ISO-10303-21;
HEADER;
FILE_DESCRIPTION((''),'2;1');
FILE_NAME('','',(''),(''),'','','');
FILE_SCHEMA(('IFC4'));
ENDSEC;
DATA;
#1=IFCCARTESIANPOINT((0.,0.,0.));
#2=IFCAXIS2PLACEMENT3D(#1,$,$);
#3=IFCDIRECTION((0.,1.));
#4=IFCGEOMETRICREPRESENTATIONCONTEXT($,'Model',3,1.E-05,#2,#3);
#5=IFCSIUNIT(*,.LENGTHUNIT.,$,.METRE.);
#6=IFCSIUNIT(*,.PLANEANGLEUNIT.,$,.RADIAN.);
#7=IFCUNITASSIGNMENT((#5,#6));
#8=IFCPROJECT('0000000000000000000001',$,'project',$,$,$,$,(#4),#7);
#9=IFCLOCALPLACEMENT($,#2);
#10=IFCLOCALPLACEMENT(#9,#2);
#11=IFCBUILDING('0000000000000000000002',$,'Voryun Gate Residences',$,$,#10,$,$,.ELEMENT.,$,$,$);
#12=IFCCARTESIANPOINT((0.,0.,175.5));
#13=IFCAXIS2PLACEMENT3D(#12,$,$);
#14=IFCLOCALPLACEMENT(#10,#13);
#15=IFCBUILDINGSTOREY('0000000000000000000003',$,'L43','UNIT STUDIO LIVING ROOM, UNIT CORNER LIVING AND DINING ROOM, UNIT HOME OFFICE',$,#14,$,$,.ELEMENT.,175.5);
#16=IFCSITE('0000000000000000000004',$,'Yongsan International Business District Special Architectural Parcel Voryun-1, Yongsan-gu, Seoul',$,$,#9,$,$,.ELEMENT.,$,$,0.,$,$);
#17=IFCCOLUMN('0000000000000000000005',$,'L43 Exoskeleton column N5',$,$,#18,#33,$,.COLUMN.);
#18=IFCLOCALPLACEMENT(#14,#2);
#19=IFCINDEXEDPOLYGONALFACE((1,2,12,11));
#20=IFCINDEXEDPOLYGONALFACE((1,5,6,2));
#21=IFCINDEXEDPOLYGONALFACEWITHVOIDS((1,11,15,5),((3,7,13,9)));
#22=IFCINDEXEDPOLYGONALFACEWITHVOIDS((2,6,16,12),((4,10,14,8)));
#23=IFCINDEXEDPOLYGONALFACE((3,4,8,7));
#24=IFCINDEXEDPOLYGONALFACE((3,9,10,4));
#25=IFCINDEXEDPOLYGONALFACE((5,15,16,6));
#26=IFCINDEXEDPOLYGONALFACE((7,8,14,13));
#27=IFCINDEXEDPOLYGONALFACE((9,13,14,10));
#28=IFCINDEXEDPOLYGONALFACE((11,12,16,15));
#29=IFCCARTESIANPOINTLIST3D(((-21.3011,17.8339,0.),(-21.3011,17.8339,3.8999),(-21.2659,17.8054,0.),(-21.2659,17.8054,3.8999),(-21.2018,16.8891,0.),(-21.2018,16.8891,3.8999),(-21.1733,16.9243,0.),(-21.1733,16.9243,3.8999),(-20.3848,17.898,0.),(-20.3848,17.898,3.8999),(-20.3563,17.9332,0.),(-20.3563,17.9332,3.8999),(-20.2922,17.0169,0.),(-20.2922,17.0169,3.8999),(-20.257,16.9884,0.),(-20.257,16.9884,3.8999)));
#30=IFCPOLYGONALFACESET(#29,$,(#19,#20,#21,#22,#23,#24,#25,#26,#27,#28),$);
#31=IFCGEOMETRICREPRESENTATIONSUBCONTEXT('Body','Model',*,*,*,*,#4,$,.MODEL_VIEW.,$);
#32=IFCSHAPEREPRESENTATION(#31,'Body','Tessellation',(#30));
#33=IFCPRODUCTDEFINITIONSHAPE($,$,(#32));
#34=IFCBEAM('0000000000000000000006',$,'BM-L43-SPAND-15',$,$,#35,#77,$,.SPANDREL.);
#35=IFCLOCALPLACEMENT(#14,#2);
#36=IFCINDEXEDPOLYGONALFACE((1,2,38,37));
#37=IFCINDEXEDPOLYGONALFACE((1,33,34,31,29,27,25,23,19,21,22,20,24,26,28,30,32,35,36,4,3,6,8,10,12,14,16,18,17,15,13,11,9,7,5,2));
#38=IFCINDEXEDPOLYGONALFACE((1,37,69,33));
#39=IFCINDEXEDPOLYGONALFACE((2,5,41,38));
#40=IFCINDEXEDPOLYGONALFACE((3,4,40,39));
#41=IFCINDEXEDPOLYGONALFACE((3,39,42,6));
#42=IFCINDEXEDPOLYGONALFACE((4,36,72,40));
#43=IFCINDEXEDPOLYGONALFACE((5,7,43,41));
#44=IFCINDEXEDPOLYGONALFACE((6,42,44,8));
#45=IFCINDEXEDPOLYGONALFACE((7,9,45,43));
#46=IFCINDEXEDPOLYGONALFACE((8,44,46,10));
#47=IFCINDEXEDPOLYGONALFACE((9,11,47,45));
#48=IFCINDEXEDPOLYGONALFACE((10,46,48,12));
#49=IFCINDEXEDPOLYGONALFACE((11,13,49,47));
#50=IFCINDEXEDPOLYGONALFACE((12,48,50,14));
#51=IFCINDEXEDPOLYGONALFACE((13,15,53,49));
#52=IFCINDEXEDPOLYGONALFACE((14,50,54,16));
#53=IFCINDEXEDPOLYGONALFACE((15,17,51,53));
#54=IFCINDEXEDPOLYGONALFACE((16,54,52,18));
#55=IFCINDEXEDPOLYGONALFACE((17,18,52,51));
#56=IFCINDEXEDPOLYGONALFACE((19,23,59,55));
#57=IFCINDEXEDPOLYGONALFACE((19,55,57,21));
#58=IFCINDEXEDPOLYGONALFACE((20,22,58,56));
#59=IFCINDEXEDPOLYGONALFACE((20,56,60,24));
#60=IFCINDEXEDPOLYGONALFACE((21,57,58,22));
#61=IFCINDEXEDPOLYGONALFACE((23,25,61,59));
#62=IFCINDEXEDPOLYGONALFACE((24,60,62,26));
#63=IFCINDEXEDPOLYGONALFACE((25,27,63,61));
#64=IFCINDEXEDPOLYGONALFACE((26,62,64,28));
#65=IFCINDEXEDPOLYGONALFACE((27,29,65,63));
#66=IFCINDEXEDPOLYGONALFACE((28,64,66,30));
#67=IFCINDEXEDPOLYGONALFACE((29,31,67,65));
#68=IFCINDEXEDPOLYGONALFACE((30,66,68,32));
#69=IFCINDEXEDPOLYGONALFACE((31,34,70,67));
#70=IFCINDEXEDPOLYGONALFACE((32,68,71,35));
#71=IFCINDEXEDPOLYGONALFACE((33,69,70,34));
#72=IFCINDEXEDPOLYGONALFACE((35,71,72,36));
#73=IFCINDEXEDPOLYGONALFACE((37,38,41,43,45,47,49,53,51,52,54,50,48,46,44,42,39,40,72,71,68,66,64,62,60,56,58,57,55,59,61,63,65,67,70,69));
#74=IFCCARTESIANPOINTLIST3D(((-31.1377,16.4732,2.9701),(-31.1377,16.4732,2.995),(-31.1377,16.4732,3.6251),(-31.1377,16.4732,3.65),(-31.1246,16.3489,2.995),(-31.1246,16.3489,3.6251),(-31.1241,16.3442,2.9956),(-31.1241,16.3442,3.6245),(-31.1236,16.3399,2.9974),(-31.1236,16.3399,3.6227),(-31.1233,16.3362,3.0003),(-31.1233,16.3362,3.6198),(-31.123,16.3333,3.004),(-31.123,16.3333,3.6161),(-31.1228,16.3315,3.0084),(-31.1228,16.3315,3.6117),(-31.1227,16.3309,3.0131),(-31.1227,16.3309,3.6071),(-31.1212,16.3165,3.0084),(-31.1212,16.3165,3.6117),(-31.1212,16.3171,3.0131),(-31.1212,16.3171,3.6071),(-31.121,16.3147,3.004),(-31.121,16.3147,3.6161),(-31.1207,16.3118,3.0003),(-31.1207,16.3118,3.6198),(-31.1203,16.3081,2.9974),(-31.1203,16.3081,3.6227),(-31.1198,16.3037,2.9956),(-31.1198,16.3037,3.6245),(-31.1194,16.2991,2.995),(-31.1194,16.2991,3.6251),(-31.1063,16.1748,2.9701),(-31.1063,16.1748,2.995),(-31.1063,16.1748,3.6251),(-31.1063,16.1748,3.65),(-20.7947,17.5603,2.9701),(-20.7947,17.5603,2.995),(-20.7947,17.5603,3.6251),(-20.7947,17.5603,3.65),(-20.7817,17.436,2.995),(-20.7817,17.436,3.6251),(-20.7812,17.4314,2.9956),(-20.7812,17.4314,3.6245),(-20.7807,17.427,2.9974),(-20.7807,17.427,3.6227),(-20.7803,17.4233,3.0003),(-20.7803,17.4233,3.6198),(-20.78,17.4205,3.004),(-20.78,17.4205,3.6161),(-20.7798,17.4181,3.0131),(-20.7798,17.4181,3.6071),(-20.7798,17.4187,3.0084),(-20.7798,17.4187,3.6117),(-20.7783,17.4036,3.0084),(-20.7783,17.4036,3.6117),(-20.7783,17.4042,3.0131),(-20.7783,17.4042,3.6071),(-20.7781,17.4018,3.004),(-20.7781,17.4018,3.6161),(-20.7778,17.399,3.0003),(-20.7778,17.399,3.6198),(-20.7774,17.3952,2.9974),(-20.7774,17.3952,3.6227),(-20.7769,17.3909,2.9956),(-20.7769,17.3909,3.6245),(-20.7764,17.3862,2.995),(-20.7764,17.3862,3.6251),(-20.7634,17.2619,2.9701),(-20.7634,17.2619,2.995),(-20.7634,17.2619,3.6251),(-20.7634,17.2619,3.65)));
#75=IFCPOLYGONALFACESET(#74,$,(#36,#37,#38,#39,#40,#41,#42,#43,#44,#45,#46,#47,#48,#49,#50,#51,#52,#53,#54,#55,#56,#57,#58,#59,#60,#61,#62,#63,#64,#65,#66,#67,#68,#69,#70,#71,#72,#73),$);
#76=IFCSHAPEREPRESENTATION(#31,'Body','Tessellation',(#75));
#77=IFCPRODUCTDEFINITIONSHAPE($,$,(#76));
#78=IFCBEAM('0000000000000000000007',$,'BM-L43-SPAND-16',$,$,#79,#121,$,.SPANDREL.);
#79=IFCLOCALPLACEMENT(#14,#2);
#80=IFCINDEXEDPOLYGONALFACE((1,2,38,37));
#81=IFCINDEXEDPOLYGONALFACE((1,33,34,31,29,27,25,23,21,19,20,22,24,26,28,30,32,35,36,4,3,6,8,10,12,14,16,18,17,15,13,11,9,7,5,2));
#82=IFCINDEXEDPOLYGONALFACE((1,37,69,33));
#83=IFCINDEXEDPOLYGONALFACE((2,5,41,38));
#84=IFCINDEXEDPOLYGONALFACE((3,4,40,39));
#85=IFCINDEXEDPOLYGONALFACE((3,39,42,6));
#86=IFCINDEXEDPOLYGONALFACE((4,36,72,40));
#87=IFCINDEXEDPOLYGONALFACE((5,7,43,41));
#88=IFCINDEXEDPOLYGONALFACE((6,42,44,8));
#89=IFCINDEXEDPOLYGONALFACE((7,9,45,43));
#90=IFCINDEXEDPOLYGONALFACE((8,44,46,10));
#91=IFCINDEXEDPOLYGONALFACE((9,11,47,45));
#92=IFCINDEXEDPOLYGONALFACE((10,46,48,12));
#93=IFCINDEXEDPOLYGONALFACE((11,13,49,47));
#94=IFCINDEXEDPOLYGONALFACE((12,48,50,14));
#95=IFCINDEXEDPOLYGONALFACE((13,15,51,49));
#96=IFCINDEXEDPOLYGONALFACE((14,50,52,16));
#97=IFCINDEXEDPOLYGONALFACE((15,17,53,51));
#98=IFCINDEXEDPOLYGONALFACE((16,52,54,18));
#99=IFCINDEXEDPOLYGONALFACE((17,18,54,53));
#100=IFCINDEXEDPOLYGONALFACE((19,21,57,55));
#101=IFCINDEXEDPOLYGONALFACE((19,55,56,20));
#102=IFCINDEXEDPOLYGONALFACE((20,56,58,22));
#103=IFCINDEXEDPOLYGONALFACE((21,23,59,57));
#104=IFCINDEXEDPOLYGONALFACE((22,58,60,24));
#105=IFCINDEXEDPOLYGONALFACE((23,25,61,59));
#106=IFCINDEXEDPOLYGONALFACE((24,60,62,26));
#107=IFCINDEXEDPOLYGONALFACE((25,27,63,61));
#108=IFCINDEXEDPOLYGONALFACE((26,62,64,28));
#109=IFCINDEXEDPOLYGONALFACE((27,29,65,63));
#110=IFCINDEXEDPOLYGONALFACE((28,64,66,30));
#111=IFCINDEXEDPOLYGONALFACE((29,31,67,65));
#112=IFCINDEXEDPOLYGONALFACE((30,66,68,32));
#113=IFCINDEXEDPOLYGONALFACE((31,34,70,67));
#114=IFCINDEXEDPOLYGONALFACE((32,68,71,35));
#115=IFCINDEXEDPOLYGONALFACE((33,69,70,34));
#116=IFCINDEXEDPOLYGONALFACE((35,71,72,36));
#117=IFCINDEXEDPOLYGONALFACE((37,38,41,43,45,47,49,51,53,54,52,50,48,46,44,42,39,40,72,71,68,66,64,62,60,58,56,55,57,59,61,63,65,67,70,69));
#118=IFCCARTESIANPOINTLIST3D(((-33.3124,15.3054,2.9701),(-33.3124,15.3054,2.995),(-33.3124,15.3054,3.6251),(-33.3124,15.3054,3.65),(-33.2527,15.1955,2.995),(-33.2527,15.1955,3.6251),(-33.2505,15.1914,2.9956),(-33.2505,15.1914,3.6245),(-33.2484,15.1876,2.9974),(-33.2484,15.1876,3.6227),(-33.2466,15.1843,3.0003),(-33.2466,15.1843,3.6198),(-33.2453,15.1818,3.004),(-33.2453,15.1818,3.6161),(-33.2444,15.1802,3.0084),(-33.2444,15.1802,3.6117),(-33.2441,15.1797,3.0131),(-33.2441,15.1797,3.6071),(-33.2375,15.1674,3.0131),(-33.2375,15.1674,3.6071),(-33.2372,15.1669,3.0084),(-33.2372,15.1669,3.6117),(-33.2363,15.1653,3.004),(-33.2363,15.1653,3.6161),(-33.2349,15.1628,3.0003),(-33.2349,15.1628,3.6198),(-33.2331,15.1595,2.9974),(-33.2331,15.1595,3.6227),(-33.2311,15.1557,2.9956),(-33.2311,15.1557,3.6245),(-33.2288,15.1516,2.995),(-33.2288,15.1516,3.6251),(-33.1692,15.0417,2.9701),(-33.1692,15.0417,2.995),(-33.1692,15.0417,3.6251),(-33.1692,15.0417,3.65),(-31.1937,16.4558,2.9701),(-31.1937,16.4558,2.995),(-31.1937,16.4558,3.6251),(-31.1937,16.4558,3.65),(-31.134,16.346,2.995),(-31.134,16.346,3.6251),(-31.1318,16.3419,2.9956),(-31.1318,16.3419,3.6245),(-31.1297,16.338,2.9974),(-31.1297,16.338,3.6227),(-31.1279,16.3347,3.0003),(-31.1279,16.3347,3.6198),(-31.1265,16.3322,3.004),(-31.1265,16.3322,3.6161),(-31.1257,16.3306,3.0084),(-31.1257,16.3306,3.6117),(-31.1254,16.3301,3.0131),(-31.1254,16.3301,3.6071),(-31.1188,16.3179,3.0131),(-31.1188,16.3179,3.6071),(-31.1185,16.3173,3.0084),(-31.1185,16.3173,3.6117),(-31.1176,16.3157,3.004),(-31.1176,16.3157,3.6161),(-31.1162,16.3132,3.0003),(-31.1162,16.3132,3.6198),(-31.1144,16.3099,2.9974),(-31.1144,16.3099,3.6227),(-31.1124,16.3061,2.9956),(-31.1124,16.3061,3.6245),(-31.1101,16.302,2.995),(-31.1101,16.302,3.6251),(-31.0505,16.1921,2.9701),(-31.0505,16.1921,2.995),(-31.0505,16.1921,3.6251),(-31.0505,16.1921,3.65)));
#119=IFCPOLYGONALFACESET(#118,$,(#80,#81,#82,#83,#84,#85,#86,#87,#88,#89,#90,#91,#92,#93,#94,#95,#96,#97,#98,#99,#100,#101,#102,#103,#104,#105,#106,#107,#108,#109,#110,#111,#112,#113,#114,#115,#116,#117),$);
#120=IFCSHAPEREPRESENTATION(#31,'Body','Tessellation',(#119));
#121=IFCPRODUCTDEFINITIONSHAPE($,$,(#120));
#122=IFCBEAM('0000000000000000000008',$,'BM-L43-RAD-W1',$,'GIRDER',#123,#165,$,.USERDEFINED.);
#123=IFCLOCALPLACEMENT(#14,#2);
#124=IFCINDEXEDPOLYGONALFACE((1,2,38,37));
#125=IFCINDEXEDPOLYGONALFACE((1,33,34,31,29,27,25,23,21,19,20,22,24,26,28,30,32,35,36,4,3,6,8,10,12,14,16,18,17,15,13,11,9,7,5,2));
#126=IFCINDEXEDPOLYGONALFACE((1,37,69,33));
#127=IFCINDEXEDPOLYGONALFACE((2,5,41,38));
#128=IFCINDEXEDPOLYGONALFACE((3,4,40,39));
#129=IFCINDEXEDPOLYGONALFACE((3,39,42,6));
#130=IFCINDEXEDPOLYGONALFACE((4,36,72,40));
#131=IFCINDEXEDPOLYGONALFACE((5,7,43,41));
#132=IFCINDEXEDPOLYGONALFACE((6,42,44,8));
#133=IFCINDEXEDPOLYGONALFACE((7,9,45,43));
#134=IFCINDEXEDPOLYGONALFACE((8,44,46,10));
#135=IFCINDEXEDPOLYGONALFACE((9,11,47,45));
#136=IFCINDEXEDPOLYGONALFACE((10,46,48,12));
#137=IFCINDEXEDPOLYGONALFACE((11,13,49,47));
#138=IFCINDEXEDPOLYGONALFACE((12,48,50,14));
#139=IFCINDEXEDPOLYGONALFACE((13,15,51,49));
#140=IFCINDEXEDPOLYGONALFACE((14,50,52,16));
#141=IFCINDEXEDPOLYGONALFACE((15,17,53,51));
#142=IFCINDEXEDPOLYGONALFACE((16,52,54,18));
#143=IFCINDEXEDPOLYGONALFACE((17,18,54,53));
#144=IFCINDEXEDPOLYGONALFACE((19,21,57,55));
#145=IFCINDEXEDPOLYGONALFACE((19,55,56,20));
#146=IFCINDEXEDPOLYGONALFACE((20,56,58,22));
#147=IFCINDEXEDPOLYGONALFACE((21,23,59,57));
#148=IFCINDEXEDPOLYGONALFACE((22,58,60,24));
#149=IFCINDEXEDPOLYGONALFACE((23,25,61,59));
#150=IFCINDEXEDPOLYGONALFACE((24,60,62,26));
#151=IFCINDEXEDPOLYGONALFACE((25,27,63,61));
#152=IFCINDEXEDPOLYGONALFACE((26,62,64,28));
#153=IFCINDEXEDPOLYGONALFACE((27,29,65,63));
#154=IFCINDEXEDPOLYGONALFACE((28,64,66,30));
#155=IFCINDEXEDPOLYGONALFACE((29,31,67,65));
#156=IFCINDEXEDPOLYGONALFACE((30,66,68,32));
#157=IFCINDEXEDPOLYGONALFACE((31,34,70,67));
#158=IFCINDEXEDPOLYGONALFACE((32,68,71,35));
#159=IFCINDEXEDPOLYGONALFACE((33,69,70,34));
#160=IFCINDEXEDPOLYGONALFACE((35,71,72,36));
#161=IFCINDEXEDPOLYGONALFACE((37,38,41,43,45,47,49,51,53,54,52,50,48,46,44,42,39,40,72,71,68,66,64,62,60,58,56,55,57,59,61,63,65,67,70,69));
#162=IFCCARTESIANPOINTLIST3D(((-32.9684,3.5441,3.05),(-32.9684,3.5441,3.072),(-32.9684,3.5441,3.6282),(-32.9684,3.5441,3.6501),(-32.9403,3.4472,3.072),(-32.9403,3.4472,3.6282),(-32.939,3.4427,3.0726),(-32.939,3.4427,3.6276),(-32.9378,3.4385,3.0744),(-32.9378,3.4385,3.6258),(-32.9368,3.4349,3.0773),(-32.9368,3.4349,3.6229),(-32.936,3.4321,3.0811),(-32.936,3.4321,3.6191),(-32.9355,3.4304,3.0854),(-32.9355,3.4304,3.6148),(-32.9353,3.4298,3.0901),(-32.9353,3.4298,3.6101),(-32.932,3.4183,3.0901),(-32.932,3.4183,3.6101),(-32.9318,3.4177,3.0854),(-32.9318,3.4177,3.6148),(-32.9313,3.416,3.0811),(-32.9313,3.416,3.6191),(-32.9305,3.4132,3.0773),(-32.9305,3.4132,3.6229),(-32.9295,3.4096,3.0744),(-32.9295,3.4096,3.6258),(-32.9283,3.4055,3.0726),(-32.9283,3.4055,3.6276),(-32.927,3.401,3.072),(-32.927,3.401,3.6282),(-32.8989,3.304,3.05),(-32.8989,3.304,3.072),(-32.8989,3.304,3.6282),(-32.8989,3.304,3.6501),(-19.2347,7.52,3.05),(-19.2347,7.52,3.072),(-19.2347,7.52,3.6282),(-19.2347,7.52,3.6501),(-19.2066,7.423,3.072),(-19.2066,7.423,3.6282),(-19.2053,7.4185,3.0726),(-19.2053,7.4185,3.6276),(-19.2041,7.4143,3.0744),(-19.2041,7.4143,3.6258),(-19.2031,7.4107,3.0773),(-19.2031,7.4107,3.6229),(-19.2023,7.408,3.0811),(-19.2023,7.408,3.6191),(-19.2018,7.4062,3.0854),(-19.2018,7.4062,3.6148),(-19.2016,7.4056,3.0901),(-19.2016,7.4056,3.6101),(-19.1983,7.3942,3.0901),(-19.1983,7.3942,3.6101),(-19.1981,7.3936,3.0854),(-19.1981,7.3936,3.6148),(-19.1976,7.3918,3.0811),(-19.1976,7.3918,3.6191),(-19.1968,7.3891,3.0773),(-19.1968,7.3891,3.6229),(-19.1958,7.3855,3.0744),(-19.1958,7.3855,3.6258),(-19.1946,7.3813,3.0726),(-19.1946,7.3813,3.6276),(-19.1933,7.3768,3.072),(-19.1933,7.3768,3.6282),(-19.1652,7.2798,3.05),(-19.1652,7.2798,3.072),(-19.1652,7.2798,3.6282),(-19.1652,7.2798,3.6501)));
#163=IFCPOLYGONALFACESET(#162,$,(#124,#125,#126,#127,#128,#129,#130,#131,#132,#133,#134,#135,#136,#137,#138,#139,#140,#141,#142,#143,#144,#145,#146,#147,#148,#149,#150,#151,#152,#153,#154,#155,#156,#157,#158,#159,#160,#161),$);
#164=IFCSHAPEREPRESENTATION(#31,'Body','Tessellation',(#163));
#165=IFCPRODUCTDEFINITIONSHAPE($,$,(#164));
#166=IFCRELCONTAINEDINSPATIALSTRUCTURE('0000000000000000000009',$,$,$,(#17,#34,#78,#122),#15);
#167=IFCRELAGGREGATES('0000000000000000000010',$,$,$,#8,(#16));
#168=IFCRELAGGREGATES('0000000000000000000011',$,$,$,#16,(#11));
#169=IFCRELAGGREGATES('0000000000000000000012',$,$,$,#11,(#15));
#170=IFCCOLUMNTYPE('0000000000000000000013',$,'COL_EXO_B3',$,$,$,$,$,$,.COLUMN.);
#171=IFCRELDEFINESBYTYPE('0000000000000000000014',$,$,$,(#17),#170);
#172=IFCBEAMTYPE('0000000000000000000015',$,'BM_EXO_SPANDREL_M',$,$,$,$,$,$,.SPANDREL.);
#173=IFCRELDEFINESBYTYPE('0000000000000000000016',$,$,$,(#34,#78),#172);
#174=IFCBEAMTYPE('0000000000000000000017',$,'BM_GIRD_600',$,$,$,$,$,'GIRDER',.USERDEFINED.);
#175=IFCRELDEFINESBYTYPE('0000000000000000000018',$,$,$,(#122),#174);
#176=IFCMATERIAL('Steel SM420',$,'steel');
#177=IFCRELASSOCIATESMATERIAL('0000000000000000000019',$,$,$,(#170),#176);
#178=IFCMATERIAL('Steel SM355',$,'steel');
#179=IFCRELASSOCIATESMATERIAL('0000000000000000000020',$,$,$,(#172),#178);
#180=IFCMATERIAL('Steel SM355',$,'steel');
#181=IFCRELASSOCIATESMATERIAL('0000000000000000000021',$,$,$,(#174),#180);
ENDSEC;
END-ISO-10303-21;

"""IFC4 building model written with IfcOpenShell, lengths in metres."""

from ifc_helpers import new_model, si_unit, direction, frame, origin, origin_2d, place, context, subcontext, project, spatial, hollow_rectangle, i_section, extrude, material, material_profile, profile_set, type_object, element, save


model = new_model("IFC4")

# Units and contexts
model_context = context("Model", 3, precision=1e-05, world=origin(), true_north=direction((0.0, 1.0)))
body_context = subcontext(model_context, "Body", "Model", "MODEL_VIEW")
ifc_project = project(units=[si_unit("LENGTHUNIT", "METRE"), si_unit("PLANEANGLEUNIT", "RADIAN")], contexts=[model_context])

# Site, building, storey
site_placement = place(None, origin())
site = spatial("IfcSite", under=ifc_project, at=site_placement, Name="Yongsan International Business District Special Architectural Parcel Voryun-1, Yongsan-gu, Seoul", CompositionType="ELEMENT", RefElevation=0.0)
building_placement = place(site_placement, origin())
building = spatial("IfcBuilding", under=site, at=building_placement, Name="Voryun Gate Residences", CompositionType="ELEMENT")
storey_placement = place(building_placement, frame((0.0, 0.0, 175.5)))
storey = spatial("IfcBuildingStorey", under=building, at=storey_placement, Name="L43", Description="UNIT STUDIO LIVING ROOM, UNIT CORNER LIVING AND DINING ROOM, UNIT HOME OFFICE", CompositionType="ELEMENT", Elevation=175.5)

# Column
ifc_material_1 = material(Name="Steel SM420", Category="steel")
ifc_material_profile_1 = material_profile(ifc_material_1, hollow_rectangle(XDim=0.95, YDim=0.95, WallThickness=0.032, at=origin_2d()), Name="BOX-950x950x32")
ifc_profile_set_1 = profile_set([ifc_material_profile_1], Name="Steel SM420")
column_type = type_object("IfcColumnType", Name="COL_EXO_B3", PredefinedType="COLUMN", material=ifc_profile_set_1)
column_placement = place(storey_placement, frame((-20.7791, 17.4111, 0.0), z_axis=(0.0, 0.0, 1.0), x_axis=(0.994522, 0.104528, 0.0)))
element("IfcColumn", 1, at=column_placement, inside=storey, type_object=column_type, Name="L43 Exoskeleton column N5", PredefinedType="COLUMN", context=body_context, shape_type="SweptSolid", body=[
    extrude(hollow_rectangle(XDim=0.95, YDim=0.95, WallThickness=0.032, at=origin_2d()), origin(), (0.0, 0.0, 1.0), 3.8999),
])

# Beams
ifc_material_2 = material(Name="Steel SM355", Category="steel")
ifc_material_profile_2 = material_profile(ifc_material_2, i_section(OverallWidth=0.3, OverallDepth=0.6799, WebThickness=0.0139, FlangeThickness=0.0249, FilletRadius=0.0181, at=origin_2d()), Name="H-680x300x14x25")
ifc_profile_set_2 = profile_set([ifc_material_profile_2], Name="Steel SM355")
beam_type_1 = type_object("IfcBeamType", Name="BM_EXO_SPANDREL_M", PredefinedType="SPANDREL", material=ifc_profile_set_2)
beam_1_placement = place(storey_placement, frame((-20.7791, 17.4111, 3.3101), z_axis=(-0.994521, -0.104534, 0.0), x_axis=(0.104534, -0.994521, 0.0)))
element("IfcBeam", 2, at=beam_1_placement, inside=storey, type_object=beam_type_1, Name="BM-L43-SPAND-15", PredefinedType="SPANDREL", context=body_context, shape_type="SweptSolid", body=[
    extrude(i_section(OverallWidth=0.3, OverallDepth=0.6799, WebThickness=0.0139, FlangeThickness=0.0249, FilletRadius=0.0181, at=origin_2d()), origin(), (0.0, 0.0, 1.0), 10.3999),
])
beam_2_placement = place(storey_placement, frame((-31.1221, 16.324, 3.3101), z_axis=(-0.878807, -0.477177, 0.0), x_axis=(0.477177, -0.878807, 0.0)))
element("IfcBeam", 3, at=beam_2_placement, inside=storey, type_object=beam_type_1, Name="BM-L43-SPAND-16", PredefinedType="SPANDREL", context=body_context, shape_type="SweptSolid", body=[
    extrude(i_section(OverallWidth=0.3, OverallDepth=0.6799, WebThickness=0.0139, FlangeThickness=0.0249, FilletRadius=0.0181, at=origin_2d()), origin(), (0.0, 0.0, 1.0), 2.4109),
])
ifc_material_3 = material(Name="Steel SM355", Category="steel")
ifc_material_profile_3 = material_profile(ifc_material_3, i_section(OverallWidth=0.25, OverallDepth=0.6001, WebThickness=0.012, FlangeThickness=0.022, FilletRadius=0.0181, at=origin_2d()), Name="H-600x250x12x22")
ifc_profile_set_3 = profile_set([ifc_material_profile_3], Name="Steel SM355")
beam_type_2 = type_object("IfcBeamType", Name="BM_GIRD_600", ElementType="GIRDER", PredefinedType="USERDEFINED", material=ifc_profile_set_3)
beam_3_placement = place(storey_placement, frame((-19.2, 7.3999, 3.3501), z_axis=(-0.960559, -0.278078, 0.0), x_axis=(0.278078, -0.960559, 0.0)))
element("IfcBeam", 4, at=beam_3_placement, inside=storey, type_object=beam_type_2, Name="BM-L43-RAD-W1", ObjectType="GIRDER", PredefinedType="USERDEFINED", context=body_context, shape_type="SweptSolid", body=[
    extrude(i_section(OverallWidth=0.25, OverallDepth=0.6001, WebThickness=0.012, FlangeThickness=0.022, FilletRadius=0.0181, at=origin_2d()), origin(), (0.0, 0.0, 1.0), 14.2976),
])

save(model, "model.ifc")
